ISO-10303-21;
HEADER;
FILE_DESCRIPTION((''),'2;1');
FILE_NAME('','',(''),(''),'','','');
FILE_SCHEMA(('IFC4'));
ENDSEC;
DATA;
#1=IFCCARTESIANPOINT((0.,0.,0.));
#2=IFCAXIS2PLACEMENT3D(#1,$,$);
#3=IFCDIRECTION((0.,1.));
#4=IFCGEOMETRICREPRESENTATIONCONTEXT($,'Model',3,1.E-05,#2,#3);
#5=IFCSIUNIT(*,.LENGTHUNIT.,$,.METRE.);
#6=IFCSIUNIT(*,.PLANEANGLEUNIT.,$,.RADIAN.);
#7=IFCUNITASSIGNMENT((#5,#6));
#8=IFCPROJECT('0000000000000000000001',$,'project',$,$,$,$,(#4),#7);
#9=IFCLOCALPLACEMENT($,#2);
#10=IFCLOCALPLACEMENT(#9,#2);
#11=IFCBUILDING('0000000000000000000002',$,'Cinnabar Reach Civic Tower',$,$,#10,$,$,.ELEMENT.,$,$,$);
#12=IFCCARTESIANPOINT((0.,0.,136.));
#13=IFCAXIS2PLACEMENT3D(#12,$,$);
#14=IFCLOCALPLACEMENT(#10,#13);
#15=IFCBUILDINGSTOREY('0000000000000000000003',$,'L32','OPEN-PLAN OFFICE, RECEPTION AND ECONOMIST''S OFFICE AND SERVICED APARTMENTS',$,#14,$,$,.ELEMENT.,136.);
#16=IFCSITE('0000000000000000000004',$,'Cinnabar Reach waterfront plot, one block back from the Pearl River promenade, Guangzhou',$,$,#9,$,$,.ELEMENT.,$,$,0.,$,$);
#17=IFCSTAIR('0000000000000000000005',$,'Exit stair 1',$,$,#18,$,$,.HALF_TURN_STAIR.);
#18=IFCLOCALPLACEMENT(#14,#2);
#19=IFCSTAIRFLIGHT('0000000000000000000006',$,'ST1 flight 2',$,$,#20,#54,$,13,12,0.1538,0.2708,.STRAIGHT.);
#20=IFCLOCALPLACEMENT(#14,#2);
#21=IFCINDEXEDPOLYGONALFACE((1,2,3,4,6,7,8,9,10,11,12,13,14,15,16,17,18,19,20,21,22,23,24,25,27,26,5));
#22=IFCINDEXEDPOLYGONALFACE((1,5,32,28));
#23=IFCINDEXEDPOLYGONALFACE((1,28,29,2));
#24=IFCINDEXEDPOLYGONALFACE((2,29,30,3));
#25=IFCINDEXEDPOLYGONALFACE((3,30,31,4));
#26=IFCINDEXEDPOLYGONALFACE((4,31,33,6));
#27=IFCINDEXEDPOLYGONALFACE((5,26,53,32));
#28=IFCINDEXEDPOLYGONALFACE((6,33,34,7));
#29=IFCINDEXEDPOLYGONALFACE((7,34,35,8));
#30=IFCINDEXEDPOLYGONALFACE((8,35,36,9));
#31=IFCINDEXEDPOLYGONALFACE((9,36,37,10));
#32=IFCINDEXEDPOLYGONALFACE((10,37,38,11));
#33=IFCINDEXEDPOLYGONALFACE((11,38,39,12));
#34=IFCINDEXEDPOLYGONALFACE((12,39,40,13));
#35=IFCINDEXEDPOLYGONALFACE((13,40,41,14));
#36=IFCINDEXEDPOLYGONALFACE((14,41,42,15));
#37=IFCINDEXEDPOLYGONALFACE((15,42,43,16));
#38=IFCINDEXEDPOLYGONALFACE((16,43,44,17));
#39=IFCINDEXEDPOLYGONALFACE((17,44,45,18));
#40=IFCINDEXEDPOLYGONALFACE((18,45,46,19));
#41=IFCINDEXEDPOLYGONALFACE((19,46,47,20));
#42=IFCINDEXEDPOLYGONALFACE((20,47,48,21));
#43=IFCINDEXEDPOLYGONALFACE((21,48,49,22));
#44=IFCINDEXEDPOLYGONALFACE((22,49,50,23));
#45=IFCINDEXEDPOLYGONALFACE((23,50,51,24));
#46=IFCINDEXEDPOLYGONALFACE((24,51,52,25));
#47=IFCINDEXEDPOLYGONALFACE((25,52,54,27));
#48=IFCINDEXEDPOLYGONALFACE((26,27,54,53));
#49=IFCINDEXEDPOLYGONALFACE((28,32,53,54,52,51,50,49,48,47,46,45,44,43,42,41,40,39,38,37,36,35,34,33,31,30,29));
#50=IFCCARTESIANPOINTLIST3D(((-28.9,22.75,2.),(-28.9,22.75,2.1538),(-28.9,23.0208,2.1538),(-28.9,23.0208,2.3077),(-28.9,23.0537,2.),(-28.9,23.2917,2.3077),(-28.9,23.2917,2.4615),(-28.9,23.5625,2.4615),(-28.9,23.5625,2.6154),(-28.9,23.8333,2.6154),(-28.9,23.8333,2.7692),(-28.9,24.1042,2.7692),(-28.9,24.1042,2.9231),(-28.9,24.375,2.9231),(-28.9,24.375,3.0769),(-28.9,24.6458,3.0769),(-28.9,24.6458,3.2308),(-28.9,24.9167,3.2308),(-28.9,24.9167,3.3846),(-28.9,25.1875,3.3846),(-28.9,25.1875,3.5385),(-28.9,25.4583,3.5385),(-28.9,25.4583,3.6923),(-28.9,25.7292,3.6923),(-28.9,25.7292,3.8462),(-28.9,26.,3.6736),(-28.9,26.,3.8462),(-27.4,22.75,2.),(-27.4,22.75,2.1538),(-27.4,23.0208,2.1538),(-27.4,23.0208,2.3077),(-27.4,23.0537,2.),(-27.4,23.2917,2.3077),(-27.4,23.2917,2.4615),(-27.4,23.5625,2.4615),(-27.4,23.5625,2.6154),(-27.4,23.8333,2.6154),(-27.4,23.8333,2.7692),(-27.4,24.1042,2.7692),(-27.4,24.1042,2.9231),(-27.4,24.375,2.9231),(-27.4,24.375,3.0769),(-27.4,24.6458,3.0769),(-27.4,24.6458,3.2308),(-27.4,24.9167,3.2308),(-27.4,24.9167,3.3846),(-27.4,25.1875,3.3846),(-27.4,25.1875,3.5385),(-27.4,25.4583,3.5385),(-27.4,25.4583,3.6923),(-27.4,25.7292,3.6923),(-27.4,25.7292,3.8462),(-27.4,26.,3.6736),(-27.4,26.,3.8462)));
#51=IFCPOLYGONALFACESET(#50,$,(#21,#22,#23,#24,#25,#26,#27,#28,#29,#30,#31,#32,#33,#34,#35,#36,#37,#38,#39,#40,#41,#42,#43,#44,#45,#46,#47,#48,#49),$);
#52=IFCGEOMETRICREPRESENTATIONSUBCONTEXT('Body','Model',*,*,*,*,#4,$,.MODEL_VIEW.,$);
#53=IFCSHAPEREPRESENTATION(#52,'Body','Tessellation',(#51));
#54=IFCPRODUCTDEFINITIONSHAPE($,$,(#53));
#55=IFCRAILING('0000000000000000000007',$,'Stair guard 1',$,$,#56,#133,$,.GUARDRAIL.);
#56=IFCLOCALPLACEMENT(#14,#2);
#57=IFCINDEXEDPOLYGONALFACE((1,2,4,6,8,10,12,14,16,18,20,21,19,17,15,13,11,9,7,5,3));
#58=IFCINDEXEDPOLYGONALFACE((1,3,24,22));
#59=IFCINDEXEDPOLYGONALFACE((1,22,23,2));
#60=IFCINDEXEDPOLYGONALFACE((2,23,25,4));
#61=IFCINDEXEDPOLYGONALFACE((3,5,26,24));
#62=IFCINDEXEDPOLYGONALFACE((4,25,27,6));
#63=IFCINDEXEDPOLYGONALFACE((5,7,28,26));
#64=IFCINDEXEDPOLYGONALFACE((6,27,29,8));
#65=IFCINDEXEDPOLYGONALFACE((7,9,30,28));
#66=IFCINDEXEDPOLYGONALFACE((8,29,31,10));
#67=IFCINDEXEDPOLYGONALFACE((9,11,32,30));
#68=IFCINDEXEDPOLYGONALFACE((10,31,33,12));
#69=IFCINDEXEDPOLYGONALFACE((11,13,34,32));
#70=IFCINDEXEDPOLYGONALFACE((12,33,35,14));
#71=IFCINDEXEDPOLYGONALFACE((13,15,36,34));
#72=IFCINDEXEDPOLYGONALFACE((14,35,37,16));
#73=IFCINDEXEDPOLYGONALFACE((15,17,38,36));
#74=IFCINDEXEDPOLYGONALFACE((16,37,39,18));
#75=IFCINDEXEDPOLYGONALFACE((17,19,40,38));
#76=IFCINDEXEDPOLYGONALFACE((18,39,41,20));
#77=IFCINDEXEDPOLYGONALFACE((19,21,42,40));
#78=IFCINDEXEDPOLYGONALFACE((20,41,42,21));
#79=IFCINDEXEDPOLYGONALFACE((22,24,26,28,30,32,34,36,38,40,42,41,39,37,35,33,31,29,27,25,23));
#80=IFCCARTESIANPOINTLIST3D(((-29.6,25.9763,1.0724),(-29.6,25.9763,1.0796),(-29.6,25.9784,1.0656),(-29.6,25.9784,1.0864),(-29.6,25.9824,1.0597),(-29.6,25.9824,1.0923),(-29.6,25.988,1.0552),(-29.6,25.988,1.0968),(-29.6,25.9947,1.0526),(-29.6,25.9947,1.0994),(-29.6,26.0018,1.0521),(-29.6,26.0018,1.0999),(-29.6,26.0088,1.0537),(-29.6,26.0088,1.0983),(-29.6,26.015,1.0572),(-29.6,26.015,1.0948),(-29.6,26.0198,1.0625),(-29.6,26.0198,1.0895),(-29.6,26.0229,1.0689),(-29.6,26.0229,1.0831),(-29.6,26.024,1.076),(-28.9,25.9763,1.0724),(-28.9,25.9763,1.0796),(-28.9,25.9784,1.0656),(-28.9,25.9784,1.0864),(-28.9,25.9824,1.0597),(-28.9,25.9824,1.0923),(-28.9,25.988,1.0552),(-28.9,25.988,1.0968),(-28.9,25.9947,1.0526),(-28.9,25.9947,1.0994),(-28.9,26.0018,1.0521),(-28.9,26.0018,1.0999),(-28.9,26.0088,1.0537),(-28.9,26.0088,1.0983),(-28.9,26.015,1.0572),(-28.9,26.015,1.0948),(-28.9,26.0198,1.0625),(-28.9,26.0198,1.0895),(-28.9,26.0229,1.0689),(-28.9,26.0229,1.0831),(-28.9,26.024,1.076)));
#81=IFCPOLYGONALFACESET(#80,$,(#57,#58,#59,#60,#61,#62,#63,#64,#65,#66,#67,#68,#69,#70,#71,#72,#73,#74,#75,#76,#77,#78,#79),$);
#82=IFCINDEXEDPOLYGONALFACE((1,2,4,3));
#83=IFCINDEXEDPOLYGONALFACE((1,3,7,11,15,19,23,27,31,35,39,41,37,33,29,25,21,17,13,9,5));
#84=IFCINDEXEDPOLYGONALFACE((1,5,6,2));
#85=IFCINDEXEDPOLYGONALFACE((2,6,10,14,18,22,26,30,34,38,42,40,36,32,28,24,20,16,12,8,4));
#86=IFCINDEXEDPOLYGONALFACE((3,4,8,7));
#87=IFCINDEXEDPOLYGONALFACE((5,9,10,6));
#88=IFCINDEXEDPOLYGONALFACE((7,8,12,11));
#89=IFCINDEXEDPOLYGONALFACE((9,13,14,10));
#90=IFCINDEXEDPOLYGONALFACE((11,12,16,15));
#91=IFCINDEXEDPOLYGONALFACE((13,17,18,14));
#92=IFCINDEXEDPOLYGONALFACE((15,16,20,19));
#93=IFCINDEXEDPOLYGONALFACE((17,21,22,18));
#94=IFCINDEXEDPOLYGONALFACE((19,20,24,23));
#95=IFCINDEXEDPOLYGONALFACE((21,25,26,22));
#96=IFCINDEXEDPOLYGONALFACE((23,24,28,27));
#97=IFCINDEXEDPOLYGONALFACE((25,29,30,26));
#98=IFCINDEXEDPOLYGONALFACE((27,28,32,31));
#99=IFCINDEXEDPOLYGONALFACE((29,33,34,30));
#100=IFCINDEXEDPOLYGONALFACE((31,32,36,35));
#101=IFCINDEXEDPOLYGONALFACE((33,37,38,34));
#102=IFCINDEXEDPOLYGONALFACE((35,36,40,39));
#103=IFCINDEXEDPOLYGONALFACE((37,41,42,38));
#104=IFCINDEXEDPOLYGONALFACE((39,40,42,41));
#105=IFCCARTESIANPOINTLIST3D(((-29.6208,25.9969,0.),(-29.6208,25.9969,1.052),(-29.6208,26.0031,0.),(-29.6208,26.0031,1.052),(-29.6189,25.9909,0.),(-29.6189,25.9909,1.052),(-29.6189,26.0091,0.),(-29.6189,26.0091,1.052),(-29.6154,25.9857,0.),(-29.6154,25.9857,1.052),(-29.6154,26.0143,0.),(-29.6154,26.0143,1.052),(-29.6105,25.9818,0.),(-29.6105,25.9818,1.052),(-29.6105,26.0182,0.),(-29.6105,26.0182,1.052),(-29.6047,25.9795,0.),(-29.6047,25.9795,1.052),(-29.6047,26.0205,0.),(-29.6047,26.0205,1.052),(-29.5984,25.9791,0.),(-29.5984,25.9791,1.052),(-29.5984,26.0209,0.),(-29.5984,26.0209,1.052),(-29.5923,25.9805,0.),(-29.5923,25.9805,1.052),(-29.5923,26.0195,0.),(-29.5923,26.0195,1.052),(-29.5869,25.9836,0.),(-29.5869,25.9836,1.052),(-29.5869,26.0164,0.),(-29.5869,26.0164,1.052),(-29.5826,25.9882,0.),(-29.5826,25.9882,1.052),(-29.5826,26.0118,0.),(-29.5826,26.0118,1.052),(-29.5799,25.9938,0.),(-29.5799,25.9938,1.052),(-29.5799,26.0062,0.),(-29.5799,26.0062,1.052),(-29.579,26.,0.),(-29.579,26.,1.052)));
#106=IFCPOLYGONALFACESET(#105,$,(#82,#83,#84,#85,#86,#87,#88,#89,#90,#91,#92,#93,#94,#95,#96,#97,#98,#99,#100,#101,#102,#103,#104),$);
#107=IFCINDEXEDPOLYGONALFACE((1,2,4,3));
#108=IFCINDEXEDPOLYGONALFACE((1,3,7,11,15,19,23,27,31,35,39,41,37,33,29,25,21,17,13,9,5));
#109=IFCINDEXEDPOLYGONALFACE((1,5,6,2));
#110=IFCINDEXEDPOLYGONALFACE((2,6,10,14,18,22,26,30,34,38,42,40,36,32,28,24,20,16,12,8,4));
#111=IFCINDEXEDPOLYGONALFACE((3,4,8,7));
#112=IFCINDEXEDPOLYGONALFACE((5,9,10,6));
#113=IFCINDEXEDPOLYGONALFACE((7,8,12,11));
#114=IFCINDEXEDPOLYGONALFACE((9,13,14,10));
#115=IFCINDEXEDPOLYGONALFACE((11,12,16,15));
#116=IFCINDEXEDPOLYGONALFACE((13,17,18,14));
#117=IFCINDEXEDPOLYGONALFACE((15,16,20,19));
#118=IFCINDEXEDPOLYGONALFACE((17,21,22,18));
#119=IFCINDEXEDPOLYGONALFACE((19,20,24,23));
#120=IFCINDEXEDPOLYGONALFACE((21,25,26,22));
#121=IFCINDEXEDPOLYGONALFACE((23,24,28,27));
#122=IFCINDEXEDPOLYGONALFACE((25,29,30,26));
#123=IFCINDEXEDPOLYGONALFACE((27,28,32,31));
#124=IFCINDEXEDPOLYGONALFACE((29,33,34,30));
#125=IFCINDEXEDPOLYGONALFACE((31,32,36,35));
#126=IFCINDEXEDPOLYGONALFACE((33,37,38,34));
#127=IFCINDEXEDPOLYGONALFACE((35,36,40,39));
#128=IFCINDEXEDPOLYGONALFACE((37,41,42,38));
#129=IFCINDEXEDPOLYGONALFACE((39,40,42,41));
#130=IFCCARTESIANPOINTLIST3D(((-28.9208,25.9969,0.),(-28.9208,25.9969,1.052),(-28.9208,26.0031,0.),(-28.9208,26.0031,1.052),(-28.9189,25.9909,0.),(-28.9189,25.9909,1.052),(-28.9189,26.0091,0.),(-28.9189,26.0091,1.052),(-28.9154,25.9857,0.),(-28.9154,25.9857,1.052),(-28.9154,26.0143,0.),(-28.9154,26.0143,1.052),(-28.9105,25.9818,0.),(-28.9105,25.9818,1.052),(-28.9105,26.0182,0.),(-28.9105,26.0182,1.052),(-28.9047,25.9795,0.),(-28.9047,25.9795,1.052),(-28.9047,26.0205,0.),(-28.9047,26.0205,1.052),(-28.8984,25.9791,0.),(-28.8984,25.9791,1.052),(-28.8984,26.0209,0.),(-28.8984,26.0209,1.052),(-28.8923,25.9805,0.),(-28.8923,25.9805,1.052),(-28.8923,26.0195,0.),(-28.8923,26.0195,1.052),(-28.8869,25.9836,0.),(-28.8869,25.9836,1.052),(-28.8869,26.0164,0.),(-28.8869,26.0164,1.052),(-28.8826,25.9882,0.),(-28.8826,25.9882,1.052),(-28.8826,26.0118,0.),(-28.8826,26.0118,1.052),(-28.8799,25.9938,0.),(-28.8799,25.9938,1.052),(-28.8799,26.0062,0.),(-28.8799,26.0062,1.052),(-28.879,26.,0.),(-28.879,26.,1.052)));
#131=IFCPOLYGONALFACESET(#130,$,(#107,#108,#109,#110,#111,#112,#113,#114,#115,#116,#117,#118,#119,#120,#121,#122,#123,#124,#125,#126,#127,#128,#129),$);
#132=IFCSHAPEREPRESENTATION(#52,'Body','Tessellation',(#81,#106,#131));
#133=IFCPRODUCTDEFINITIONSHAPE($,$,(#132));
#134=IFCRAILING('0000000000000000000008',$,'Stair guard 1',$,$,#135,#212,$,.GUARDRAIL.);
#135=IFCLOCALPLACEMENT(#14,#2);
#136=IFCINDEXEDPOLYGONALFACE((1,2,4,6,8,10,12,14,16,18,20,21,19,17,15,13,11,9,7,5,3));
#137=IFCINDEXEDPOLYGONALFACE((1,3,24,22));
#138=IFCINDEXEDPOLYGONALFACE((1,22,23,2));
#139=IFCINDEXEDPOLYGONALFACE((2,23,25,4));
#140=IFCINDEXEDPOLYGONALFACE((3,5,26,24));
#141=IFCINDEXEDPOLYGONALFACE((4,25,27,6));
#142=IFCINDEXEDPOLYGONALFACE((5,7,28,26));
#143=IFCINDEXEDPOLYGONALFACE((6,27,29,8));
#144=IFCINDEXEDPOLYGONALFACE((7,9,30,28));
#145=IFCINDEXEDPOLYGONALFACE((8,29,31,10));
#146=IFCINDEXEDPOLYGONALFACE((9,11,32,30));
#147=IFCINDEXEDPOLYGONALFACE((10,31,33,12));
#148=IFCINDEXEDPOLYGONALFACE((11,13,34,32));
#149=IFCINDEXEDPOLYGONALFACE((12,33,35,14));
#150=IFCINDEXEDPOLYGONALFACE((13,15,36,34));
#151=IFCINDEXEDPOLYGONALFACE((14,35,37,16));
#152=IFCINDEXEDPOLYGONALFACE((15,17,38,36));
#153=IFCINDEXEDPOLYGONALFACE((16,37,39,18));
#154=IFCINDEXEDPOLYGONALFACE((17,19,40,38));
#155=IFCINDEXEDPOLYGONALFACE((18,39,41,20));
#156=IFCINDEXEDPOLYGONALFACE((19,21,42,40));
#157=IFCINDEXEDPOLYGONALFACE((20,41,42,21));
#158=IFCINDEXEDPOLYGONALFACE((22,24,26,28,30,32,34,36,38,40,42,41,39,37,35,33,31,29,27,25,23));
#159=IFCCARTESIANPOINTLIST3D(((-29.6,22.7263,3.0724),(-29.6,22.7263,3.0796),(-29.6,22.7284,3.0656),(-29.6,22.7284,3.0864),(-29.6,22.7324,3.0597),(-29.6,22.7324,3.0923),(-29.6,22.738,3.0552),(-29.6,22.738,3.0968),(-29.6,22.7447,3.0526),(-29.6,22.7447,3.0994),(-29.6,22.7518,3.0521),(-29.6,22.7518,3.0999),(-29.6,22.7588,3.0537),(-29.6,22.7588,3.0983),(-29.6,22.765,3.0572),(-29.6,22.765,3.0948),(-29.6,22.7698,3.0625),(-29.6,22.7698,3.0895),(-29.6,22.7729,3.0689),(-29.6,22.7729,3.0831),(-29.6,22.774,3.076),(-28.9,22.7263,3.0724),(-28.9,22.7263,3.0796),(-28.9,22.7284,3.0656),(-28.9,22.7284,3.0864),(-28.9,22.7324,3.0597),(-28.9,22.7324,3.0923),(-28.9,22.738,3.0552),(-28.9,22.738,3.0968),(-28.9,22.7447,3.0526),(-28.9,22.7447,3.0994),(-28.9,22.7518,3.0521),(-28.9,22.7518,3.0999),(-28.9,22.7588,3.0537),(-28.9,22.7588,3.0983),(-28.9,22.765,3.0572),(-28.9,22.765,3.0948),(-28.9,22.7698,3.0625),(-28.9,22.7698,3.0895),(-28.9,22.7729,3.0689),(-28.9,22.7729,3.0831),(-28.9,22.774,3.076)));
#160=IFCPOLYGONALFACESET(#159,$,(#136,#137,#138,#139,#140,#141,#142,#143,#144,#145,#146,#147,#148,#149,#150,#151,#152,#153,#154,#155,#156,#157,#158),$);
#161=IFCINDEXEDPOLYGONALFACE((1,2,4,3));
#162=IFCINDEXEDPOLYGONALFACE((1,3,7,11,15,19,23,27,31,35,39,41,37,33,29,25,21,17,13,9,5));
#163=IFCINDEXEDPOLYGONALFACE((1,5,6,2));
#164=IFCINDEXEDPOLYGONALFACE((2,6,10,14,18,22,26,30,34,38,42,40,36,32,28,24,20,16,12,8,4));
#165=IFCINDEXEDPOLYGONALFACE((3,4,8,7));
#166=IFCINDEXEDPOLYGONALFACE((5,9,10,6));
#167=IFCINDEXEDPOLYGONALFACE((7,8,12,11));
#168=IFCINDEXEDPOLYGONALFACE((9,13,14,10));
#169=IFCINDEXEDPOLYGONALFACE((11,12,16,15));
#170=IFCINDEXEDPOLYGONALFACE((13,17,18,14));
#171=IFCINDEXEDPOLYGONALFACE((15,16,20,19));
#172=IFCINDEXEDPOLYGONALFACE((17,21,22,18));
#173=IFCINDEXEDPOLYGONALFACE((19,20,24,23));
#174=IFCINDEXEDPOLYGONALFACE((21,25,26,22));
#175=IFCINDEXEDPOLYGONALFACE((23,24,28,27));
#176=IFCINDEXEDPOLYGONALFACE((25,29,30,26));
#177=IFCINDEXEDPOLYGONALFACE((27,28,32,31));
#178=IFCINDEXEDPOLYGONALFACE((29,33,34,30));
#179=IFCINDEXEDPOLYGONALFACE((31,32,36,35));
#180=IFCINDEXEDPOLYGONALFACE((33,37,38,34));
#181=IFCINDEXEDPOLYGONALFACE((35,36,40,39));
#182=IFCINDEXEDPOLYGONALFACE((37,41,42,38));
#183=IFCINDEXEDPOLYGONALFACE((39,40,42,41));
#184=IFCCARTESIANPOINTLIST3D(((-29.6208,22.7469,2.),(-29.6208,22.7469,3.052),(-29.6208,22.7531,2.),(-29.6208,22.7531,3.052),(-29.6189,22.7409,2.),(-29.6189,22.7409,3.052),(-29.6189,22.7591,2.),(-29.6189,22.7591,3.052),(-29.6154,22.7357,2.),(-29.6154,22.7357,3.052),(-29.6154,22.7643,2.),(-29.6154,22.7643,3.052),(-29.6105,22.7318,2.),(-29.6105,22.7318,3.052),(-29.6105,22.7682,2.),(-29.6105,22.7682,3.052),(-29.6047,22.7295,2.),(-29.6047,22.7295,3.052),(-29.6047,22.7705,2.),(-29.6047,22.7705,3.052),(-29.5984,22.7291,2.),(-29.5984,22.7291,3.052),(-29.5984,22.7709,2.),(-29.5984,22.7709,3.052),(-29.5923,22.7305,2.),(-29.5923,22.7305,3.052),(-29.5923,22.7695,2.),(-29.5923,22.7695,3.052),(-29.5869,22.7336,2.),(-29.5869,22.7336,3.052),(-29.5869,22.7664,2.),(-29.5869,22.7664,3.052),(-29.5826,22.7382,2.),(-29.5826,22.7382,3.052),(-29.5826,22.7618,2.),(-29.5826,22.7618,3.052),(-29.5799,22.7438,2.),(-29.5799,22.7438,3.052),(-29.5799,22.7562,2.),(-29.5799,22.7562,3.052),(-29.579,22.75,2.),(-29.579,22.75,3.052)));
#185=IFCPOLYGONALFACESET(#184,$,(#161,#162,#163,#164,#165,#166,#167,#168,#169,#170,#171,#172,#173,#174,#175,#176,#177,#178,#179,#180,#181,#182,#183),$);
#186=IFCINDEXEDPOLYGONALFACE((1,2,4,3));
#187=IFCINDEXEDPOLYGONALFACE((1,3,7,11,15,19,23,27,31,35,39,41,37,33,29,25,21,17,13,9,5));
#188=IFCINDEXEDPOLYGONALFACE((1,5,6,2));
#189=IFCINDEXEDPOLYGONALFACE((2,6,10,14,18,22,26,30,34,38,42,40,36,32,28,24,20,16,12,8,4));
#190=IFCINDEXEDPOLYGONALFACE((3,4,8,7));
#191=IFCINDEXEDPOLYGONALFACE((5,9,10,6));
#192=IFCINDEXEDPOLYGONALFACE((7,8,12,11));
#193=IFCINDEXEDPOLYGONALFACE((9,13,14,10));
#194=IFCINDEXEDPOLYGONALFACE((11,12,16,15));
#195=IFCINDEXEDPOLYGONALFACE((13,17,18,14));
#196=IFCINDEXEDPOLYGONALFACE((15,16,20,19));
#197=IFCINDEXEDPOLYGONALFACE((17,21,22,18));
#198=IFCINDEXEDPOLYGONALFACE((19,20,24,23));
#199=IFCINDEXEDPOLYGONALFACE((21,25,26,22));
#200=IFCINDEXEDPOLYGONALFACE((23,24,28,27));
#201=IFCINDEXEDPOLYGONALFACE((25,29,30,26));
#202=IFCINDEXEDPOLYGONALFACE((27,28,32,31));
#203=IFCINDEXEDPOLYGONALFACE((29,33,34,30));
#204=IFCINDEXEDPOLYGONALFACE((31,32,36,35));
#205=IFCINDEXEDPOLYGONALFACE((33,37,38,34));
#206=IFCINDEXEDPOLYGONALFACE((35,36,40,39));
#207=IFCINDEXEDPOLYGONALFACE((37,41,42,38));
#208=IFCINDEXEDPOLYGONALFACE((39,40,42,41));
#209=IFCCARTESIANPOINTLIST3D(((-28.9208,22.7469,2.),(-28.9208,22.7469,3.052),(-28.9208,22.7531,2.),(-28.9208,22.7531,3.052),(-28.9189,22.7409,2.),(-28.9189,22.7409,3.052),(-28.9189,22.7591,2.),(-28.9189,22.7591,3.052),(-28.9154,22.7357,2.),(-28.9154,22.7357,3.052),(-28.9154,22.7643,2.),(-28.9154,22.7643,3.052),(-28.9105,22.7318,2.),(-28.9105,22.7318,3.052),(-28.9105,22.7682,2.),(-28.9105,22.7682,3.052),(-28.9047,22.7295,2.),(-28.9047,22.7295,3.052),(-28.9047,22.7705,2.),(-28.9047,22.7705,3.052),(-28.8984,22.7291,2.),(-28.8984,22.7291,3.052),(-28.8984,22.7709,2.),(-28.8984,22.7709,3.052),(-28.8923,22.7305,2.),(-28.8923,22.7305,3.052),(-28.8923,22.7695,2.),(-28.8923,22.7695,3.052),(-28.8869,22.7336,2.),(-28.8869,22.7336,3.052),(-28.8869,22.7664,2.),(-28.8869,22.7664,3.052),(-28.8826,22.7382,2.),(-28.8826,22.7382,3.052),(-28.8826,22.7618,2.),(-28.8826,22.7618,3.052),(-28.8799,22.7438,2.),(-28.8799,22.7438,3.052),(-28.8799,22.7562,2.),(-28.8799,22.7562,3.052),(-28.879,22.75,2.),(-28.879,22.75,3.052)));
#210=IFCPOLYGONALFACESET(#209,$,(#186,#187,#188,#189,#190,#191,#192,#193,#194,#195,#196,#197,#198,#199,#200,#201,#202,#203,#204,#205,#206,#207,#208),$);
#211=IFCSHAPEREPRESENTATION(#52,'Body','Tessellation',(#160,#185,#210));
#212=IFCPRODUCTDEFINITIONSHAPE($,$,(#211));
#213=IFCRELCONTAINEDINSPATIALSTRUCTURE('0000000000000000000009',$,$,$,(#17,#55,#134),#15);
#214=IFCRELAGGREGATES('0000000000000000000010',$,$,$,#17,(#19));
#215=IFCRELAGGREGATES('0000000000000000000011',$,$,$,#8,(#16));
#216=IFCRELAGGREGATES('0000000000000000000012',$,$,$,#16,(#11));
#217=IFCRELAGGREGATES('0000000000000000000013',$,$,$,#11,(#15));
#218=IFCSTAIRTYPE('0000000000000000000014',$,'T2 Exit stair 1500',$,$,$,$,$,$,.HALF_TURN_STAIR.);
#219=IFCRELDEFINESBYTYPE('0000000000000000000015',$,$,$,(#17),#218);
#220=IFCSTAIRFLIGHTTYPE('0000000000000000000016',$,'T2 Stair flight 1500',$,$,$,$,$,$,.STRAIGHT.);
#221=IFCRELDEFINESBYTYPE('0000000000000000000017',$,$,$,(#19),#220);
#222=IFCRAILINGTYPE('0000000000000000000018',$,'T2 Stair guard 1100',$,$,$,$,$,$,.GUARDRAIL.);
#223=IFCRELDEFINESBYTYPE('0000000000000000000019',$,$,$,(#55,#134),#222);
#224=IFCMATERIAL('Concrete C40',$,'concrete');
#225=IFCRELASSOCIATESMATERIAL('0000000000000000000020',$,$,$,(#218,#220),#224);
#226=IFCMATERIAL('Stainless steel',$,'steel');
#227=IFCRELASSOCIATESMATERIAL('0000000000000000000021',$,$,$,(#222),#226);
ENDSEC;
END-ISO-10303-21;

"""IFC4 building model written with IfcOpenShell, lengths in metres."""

from ifc_helpers import new_model, si_unit, direction, frame, origin, origin_2d, place, context, subcontext, project, spatial, polyline, circle, outline, extrude, material, type_object, element, aggregate, save


model = new_model("IFC4")

# Units and contexts
model_context = context("Model", 3, precision=1e-05, world=origin(), true_north=direction((0.0, 1.0)))
body_context = subcontext(model_context, "Body", "Model", "MODEL_VIEW")
ifc_project = project(units=[si_unit("LENGTHUNIT", "METRE"), si_unit("PLANEANGLEUNIT", "RADIAN")], contexts=[model_context])

# Site, building, storey
site_placement = place(None, origin())
site = spatial("IfcSite", under=ifc_project, at=site_placement, Name="Cinnabar Reach waterfront plot, one block back from the Pearl River promenade, Guangzhou", CompositionType="ELEMENT", RefElevation=0.0)
building_placement = place(site_placement, origin())
building = spatial("IfcBuilding", under=site, at=building_placement, Name="Cinnabar Reach Civic Tower", CompositionType="ELEMENT")
storey_placement = place(building_placement, frame((0.0, 0.0, 136.0)))
storey = spatial("IfcBuildingStorey", under=building, at=storey_placement, Name="L32", Description="OPEN-PLAN OFFICE, RECEPTION AND ECONOMIST'S OFFICE AND SERVICED APARTMENTS", CompositionType="ELEMENT", Elevation=136.0)

# Shared definitions
ifc_material_1 = material(Name="Concrete C40", Category="concrete")

# Stair, stair flight
stair_type = type_object("IfcStairType", Name="T2 Exit stair 1500", PredefinedType="HALF_TURN_STAIR", material=ifc_material_1)
stair_placement = place(storey_placement, origin())
stair = element("IfcStair", 1, at=stair_placement, inside=storey, type_object=stair_type, Name="Exit stair 1", PredefinedType="HALF_TURN_STAIR")
stair_flight_type = type_object("IfcStairFlightType", Name="T2 Stair flight 1500", PredefinedType="STRAIGHT", material=ifc_material_1)
stair_flight_1_placement = place(storey_placement, frame((-28.15, 22.75, 2.0), z_axis=(0.0, 0.0, 1.0), x_axis=(0.0, 1.0, 0.0)))
stair_flight_1 = element("IfcStairFlight", 2, at=stair_flight_1_placement, type_object=stair_flight_type, Name="ST1 flight 2", NumberOfRisers=13, NumberOfTreads=12, PredefinedType="STRAIGHT", RiserHeight=0.1538, TreadLength=0.2708, context=body_context, shape_type="SweptSolid", body=[
    extrude(outline(polyline([(0.0, 0.0), (0.0, 0.1538), (0.2708, 0.1538), (0.2708, 0.3077), (0.5417, 0.3077), (0.5417, 0.4615), (0.8125, 0.4615), (0.8125, 0.6154), (1.0833, 0.6154), (1.0833, 0.7692), (1.3542, 0.7692), (1.3542, 0.9231), (1.625, 0.9231), (1.625, 1.0769), (1.8958, 1.0769), (1.8958, 1.2308), (2.1667, 1.2308), (2.1667, 1.3846), (2.4375, 1.3846), (2.4375, 1.5385), (2.7083, 1.5385), (2.7083, 1.6923), (2.9792, 1.6923), (2.9792, 1.8462), (3.25, 1.8462), (3.25, 2.0), (3.25, 1.6736), (0.3037, 0.0), (0.0, 0.0)])), frame((0.0, 0.75, 0.0), z_axis=(0.0, -1.0, 0.0), x_axis=(1.0, 0.0, 0.0)), (0.0, 0.0, 1.0), 1.5),
])
aggregate(stair, [stair_flight_1])

# Railings
ifc_material_2 = material(Name="Stainless steel", Category="steel")
railing_type = type_object("IfcRailingType", Name="T2 Stair guard 1100", PredefinedType="GUARDRAIL", material=ifc_material_2)
for number, where, name in (
    (3, (-29.6, 26.0, 0.0), "Stair guard 1"),
    (4, (-29.6, 22.75, 2.0), "Stair guard 1"),
):
    element("IfcRailing", number, at=place(storey_placement, frame(where)), inside=storey, type_object=railing_type, Name=name, PredefinedType="GUARDRAIL", context=body_context, shape_type="SweptSolid", body=[
        extrude(circle(Radius=0.024, at=origin_2d()), frame((0.0, 0.0, 1.076), z_axis=(1.0, 0.0, 0.0), x_axis=(0.0, 1.0, 0.0)), (0.0, 0.0, 1.0), 0.7),
        extrude(circle(Radius=0.021, at=origin_2d()), origin(), (0.0, 0.0, 1.0), 1.052),
        extrude(circle(Radius=0.021, at=origin_2d()), frame((0.7, 0.0, 0.0)), (0.0, 0.0, 1.0), 1.052),
    ])

save(model, "model.ifc")
